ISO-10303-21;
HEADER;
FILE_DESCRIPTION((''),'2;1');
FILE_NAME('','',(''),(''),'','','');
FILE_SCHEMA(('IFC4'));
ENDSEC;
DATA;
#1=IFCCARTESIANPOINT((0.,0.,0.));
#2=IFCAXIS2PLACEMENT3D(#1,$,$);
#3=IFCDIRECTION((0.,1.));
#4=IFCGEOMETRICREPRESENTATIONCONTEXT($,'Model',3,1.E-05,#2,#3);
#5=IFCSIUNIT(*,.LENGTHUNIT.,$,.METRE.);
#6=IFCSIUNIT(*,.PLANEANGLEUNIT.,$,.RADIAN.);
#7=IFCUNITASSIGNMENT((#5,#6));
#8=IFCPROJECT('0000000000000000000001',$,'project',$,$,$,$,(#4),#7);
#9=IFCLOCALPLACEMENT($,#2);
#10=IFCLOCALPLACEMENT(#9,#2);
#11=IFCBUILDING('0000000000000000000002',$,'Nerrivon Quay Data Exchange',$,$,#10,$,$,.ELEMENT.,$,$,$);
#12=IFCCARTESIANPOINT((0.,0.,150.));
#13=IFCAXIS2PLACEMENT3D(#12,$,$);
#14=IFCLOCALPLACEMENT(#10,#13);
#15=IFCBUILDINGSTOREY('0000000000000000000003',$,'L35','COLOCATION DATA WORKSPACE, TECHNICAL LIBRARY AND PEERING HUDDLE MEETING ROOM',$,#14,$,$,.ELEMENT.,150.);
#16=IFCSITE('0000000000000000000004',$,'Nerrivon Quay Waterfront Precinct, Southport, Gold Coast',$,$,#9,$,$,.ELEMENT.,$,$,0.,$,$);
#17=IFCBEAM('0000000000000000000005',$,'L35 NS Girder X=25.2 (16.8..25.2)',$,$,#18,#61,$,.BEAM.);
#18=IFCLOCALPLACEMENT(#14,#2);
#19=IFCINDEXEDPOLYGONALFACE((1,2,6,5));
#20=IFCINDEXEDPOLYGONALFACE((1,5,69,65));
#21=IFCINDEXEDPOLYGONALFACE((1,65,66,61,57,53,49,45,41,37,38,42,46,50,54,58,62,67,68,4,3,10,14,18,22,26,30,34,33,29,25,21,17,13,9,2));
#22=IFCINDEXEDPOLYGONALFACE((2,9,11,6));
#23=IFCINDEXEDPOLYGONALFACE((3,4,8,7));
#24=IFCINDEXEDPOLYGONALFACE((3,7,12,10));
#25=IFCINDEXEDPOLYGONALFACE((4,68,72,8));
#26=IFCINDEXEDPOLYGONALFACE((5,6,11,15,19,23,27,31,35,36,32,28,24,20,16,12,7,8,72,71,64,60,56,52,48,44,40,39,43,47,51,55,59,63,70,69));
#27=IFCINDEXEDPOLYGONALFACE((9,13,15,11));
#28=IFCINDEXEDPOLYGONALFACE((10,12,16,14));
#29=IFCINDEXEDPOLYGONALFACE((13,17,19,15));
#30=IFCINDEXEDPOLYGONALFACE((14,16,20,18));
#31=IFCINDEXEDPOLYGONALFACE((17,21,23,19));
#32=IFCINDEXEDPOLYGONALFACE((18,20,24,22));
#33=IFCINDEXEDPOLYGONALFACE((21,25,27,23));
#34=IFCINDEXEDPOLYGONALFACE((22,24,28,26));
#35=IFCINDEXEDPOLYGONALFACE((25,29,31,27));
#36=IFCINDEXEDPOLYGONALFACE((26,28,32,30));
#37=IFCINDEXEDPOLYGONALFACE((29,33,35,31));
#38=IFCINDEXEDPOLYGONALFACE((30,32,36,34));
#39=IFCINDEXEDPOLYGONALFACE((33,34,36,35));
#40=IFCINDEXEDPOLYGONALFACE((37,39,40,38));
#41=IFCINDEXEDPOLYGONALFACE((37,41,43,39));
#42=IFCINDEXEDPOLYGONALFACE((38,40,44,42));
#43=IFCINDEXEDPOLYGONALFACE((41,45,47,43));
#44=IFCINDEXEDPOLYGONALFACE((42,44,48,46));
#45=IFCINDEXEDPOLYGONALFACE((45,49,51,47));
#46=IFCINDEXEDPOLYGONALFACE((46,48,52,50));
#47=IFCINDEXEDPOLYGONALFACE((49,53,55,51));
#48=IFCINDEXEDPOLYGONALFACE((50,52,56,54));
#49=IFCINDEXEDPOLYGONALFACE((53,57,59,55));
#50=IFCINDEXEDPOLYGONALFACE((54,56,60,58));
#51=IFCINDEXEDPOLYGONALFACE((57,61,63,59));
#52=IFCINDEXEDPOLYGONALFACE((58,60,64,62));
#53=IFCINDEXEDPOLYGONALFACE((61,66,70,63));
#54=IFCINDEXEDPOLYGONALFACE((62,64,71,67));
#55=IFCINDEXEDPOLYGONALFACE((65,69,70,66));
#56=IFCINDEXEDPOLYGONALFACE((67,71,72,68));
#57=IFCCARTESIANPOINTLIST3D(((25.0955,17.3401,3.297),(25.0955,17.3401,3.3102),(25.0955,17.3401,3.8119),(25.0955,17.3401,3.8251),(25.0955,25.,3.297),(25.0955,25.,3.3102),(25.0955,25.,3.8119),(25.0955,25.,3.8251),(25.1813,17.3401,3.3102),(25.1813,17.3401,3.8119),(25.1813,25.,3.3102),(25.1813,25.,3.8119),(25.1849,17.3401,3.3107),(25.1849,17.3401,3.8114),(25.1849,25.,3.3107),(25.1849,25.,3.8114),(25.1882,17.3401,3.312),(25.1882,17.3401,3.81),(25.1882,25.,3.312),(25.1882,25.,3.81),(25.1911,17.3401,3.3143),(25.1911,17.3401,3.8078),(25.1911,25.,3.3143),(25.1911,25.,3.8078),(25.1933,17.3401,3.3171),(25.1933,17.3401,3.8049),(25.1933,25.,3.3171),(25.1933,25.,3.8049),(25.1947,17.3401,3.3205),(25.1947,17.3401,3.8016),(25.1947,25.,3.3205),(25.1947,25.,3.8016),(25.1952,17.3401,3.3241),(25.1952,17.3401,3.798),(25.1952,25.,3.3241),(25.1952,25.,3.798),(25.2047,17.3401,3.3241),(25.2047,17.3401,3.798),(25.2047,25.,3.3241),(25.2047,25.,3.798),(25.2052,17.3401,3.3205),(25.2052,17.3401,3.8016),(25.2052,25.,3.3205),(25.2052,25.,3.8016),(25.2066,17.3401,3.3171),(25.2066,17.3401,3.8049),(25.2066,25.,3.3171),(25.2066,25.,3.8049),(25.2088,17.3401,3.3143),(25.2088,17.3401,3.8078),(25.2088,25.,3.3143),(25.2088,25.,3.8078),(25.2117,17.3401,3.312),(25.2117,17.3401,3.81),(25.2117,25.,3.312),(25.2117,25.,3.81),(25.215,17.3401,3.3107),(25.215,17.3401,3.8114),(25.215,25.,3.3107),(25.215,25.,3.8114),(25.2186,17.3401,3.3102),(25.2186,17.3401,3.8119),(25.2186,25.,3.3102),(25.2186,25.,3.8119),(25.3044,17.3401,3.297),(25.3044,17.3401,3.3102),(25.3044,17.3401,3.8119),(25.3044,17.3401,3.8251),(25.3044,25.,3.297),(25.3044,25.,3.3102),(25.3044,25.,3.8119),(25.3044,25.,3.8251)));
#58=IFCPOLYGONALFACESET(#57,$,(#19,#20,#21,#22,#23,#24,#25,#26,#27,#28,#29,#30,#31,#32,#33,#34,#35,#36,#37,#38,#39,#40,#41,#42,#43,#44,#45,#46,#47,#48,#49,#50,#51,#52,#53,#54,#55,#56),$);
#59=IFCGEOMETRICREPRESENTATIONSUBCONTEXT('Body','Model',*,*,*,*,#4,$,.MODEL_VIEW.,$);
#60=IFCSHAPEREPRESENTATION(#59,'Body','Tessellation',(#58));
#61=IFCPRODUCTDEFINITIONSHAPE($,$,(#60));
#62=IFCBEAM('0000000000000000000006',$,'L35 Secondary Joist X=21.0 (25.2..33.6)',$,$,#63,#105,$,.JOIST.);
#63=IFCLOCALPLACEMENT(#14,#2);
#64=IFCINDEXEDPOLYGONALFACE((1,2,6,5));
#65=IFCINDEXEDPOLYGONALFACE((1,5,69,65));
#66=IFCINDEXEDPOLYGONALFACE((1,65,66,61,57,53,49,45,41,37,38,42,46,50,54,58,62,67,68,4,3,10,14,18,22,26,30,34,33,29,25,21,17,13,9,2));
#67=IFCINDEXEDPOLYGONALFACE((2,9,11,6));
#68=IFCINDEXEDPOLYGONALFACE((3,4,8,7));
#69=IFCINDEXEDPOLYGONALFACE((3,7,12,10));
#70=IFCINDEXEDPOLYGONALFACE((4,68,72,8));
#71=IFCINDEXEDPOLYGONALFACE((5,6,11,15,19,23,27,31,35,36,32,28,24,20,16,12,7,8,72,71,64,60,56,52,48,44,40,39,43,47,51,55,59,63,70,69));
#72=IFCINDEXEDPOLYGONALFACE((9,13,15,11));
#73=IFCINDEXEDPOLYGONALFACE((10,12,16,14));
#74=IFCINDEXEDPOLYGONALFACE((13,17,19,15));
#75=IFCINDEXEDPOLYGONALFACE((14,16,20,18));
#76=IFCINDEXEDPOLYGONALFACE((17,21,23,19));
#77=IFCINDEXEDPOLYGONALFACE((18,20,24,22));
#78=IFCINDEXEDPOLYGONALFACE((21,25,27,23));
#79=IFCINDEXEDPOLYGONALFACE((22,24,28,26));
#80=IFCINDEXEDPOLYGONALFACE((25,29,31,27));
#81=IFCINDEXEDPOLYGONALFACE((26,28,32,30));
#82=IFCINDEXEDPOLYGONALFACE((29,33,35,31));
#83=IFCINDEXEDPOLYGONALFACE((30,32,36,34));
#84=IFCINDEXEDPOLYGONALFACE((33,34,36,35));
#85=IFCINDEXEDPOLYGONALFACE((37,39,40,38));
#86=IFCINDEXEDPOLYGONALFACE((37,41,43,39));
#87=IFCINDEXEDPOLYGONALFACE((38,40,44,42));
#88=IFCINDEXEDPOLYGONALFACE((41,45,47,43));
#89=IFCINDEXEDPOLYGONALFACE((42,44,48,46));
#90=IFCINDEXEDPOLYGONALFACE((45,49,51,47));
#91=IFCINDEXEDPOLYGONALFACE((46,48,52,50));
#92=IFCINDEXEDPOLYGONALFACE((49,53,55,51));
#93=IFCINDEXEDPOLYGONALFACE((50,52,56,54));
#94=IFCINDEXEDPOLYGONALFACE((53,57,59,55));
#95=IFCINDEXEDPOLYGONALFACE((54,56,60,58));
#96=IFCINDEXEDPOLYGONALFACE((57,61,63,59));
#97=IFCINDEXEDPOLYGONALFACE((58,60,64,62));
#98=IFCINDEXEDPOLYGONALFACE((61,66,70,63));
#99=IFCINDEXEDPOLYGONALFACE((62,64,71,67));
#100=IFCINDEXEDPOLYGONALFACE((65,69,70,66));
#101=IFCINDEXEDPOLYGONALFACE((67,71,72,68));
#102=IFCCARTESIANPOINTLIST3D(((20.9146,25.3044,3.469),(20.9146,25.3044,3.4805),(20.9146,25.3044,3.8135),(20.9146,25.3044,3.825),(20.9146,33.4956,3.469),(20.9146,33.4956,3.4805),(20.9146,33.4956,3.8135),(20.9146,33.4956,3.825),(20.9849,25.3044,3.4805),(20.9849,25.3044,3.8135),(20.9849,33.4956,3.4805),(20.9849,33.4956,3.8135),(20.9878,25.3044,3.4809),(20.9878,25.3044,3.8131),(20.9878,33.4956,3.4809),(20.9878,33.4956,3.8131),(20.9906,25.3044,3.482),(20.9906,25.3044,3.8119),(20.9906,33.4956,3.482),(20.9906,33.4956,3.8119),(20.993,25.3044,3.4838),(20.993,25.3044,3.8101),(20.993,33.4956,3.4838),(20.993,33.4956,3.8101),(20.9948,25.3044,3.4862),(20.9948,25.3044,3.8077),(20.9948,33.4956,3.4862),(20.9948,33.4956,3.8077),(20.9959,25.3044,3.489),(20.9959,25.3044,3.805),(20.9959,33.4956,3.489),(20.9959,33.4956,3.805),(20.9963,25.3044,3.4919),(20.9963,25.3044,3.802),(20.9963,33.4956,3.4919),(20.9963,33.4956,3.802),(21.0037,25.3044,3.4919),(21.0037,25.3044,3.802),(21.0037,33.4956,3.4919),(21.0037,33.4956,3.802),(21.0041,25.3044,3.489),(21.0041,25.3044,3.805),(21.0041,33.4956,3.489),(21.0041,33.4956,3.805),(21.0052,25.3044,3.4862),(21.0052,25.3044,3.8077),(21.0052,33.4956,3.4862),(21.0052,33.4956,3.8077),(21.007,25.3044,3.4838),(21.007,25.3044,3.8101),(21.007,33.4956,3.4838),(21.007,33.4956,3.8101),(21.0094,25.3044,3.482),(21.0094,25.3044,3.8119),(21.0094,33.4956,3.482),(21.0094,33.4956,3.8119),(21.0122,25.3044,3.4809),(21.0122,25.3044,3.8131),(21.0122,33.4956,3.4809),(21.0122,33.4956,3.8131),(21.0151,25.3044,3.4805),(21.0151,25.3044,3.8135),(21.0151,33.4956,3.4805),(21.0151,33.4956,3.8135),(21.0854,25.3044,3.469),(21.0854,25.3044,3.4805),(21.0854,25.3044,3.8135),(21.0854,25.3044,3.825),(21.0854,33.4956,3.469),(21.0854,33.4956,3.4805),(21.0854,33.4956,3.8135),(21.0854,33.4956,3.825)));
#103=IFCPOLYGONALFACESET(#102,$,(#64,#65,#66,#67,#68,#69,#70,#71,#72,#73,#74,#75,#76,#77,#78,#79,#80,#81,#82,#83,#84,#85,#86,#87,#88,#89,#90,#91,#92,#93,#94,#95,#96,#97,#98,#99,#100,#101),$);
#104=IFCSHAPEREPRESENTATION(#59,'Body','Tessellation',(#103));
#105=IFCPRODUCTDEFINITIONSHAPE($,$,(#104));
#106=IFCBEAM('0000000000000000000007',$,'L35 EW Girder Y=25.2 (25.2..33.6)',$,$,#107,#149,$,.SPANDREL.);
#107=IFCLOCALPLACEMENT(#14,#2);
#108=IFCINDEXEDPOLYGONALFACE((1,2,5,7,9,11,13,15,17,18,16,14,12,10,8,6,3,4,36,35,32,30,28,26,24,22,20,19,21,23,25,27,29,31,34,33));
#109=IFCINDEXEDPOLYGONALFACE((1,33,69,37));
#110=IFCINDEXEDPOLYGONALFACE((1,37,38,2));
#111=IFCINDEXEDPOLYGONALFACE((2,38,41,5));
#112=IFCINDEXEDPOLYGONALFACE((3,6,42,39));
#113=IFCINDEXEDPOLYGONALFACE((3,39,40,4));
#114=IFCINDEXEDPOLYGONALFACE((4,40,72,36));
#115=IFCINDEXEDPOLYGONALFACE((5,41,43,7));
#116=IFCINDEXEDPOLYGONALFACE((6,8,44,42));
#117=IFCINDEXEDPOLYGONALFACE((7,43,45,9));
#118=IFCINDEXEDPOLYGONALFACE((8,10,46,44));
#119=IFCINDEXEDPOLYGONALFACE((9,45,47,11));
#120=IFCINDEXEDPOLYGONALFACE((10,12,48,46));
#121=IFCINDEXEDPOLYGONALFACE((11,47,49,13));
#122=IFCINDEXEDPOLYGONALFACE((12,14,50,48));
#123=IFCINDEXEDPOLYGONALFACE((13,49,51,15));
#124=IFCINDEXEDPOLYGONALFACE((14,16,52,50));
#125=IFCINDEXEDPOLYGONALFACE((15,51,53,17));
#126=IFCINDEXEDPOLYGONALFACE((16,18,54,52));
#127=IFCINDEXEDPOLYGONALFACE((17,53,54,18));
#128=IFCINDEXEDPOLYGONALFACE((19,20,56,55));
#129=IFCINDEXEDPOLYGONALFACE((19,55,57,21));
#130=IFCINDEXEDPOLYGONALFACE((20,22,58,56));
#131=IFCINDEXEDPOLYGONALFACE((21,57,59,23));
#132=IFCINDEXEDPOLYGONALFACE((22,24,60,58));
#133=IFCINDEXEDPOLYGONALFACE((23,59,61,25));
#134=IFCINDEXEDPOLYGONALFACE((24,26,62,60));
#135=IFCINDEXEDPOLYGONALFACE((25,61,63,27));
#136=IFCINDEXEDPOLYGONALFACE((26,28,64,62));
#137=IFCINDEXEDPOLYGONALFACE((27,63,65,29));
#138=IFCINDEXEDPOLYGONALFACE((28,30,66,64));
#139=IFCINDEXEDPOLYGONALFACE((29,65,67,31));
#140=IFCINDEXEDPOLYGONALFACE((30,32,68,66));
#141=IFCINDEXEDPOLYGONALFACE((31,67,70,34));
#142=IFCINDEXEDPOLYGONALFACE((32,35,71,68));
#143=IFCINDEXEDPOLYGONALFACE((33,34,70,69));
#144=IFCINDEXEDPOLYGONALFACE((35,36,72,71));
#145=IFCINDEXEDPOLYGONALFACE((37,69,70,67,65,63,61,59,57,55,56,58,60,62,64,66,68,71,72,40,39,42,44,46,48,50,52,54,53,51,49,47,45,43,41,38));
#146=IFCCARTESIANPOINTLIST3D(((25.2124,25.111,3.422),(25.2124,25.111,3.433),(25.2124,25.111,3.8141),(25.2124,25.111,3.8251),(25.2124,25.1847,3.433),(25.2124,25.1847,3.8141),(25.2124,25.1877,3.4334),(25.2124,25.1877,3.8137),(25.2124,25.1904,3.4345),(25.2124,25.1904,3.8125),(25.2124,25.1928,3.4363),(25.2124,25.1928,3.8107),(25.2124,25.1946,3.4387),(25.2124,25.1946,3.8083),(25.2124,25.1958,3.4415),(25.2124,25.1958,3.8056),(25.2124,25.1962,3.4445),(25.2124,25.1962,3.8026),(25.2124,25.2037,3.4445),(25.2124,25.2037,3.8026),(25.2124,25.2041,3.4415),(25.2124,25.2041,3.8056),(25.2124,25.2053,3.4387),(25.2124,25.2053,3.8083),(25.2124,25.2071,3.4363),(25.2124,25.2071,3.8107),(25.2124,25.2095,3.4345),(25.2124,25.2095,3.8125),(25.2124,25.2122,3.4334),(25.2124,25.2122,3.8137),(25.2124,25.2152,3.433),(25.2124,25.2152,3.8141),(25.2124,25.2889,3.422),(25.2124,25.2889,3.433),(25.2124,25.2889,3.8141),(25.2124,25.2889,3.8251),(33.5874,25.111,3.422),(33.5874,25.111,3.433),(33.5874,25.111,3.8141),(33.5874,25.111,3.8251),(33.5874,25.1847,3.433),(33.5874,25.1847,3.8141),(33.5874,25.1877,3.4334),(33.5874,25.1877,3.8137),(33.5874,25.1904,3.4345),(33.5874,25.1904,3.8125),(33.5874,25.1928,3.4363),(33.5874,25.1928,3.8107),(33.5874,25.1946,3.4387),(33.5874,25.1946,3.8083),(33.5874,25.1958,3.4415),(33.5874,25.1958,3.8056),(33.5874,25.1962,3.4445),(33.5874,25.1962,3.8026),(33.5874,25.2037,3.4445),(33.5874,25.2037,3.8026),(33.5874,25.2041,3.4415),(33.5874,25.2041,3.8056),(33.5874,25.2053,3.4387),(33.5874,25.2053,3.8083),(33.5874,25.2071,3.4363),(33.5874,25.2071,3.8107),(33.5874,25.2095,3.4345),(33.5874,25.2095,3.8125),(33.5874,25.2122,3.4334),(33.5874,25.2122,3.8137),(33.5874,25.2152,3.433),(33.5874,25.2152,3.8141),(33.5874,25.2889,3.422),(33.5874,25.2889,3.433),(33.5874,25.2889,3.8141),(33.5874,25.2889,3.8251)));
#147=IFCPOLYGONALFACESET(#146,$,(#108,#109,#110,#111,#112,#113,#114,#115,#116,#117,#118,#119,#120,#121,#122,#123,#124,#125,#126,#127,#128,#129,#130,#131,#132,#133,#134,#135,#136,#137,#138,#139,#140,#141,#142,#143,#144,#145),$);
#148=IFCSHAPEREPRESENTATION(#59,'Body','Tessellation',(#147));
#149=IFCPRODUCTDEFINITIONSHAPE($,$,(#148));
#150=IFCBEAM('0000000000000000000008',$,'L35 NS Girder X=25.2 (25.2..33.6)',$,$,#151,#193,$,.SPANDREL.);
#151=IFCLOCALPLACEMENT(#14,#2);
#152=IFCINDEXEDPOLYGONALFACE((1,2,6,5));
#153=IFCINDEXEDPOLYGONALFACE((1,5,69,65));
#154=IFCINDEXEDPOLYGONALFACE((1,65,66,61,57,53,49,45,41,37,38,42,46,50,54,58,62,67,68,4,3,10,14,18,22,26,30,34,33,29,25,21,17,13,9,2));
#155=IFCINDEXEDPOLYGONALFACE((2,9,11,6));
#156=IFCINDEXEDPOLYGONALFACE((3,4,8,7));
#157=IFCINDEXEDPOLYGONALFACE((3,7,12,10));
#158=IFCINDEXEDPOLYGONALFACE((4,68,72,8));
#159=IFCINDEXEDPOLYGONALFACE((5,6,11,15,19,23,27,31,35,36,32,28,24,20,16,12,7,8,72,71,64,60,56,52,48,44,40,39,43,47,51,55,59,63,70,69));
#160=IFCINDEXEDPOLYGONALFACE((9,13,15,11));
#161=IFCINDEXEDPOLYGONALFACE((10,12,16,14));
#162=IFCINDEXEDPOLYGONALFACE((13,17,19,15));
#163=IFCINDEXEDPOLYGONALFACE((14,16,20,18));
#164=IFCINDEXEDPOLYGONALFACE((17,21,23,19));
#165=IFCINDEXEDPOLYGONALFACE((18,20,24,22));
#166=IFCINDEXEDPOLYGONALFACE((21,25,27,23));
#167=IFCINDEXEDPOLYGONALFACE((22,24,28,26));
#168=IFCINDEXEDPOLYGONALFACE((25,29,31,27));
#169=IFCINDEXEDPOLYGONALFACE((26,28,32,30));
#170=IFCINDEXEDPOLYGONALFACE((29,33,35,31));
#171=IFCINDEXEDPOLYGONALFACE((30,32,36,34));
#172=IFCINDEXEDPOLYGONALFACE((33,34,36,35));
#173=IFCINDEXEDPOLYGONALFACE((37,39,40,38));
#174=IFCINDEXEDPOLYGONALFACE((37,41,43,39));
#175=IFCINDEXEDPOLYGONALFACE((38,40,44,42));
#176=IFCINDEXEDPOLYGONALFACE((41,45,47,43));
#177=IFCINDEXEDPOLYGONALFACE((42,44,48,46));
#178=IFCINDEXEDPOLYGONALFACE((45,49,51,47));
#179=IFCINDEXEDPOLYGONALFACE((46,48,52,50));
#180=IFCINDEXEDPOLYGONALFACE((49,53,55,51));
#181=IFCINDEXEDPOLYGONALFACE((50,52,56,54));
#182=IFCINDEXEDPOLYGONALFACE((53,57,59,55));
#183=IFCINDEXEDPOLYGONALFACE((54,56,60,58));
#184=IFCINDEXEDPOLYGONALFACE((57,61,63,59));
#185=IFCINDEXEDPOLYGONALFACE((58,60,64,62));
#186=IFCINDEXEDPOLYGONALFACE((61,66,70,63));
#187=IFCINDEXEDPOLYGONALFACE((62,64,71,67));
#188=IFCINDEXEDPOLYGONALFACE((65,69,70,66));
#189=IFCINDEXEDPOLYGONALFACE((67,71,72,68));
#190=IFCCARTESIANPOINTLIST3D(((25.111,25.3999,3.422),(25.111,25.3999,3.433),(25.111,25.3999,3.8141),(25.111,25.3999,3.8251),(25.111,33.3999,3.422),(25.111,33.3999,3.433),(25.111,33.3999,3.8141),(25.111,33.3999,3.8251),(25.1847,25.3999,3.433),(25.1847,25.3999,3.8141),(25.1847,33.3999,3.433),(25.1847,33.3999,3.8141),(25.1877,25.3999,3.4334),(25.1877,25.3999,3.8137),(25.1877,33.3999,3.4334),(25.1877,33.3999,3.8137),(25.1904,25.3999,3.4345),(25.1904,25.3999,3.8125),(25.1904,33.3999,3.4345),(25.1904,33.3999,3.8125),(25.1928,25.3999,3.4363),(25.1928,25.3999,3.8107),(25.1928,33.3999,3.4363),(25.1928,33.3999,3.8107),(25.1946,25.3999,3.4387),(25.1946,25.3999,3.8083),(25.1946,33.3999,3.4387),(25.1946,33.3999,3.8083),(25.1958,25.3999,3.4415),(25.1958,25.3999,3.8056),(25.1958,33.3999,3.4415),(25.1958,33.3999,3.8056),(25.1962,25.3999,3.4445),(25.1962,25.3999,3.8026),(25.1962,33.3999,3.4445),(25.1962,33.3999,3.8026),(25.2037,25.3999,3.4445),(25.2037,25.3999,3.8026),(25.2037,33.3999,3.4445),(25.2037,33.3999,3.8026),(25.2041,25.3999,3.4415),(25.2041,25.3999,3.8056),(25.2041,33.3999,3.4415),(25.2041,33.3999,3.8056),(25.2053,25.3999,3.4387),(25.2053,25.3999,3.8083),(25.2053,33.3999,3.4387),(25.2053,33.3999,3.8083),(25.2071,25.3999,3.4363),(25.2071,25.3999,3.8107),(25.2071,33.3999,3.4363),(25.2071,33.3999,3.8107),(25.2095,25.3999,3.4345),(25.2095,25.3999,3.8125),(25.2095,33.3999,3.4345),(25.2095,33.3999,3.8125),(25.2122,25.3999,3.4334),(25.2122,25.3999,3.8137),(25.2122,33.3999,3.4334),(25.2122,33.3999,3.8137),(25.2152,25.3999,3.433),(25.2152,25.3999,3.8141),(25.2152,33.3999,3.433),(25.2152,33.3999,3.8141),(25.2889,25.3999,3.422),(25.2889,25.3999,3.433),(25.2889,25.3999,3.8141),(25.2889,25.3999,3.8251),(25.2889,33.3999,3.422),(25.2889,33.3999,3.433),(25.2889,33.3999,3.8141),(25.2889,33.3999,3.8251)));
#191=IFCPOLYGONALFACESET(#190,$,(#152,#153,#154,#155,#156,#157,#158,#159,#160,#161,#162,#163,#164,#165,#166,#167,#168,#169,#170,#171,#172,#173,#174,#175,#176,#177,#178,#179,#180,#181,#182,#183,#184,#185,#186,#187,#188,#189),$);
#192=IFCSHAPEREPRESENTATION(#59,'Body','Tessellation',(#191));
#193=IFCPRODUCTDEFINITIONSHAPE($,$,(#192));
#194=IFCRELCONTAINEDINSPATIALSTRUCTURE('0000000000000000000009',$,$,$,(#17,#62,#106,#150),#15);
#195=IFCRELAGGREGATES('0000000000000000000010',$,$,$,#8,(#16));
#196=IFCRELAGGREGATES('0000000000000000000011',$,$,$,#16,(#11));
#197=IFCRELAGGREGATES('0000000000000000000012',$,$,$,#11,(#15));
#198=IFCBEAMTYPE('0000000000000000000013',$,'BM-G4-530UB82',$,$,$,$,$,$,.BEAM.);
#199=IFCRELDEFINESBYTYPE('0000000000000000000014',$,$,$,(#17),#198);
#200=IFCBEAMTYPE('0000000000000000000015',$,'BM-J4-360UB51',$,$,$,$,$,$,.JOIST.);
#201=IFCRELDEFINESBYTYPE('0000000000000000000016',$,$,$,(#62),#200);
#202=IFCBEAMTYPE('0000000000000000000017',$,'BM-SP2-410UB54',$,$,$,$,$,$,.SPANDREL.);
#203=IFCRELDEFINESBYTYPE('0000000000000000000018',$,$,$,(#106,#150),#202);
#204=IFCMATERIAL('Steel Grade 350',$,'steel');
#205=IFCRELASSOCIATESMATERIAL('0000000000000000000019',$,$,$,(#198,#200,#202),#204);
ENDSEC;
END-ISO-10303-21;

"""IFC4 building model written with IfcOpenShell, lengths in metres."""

from ifc_helpers import new_model, si_unit, direction, frame, origin, origin_2d, place, context, subcontext, project, spatial, i_section, extrude, material, material_profile, profile_set, type_object, element, save


model = new_model("IFC4")

# Units and contexts
model_context = context("Model", 3, precision=1e-05, world=origin(), true_north=direction((0.0, 1.0)))
body_context = subcontext(model_context, "Body", "Model", "MODEL_VIEW")
ifc_project = project(units=[si_unit("LENGTHUNIT", "METRE"), si_unit("PLANEANGLEUNIT", "RADIAN")], contexts=[model_context])

# Site, building, storey
site_placement = place(None, origin())
site = spatial("IfcSite", under=ifc_project, at=site_placement, Name="Nerrivon Quay Waterfront Precinct, Southport, Gold Coast", CompositionType="ELEMENT", RefElevation=0.0)
building_placement = place(site_placement, origin())
building = spatial("IfcBuilding", under=site, at=building_placement, Name="Nerrivon Quay Data Exchange", CompositionType="ELEMENT")
storey_placement = place(building_placement, frame((0.0, 0.0, 150.0)))
storey = spatial("IfcBuildingStorey", under=building, at=storey_placement, Name="L35", Description="COLOCATION DATA WORKSPACE, TECHNICAL LIBRARY AND PEERING HUDDLE MEETING ROOM", CompositionType="ELEMENT", Elevation=150.0)

# Shared definitions
ifc_material_1 = material(Name="Steel Grade 350", Category="steel")

# Beams
ifc_material_profile_1 = material_profile(ifc_material_1, i_section(OverallWidth=0.209, OverallDepth=0.5281, WebThickness=0.0095, FlangeThickness=0.0132, FilletRadius=0.0139, at=origin_2d()), Name="530UB82.0")
ifc_profile_set_1 = profile_set([ifc_material_profile_1], Name="Steel Grade 350")
beam_type_1 = type_object("IfcBeamType", Name="BM-G4-530UB82", PredefinedType="BEAM", material=ifc_profile_set_1)
beam_1_placement = place(storey_placement, frame((25.2, 17.3401, 3.561), z_axis=(0.0, 1.0, 0.0), x_axis=(-1.0, 0.0, 0.0)))
element("IfcBeam", 1, at=beam_1_placement, inside=storey, type_object=beam_type_1, Name="L35 NS Girder X=25.2 (16.8..25.2)", PredefinedType="BEAM", context=body_context, shape_type="SweptSolid", body=[
    extrude(i_section(OverallWidth=0.209, OverallDepth=0.5281, WebThickness=0.0095, FlangeThickness=0.0132, FilletRadius=0.0139, at=origin_2d()), origin(), (0.0, 0.0, 1.0), 7.6599),
])
ifc_material_profile_2 = material_profile(ifc_material_1, i_section(OverallWidth=0.1709, OverallDepth=0.356, WebThickness=0.0073, FlangeThickness=0.0115, FilletRadius=0.0115, at=origin_2d()), Name="360UB50.7")
ifc_profile_set_2 = profile_set([ifc_material_profile_2], Name="Steel Grade 350")
beam_type_2 = type_object("IfcBeamType", Name="BM-J4-360UB51", PredefinedType="JOIST", material=ifc_profile_set_2)
beam_2_placement = place(storey_placement, frame((21.0, 25.3044, 3.647), z_axis=(0.0, 1.0, 0.0), x_axis=(-1.0, 0.0, 0.0)))
element("IfcBeam", 2, at=beam_2_placement, inside=storey, type_object=beam_type_2, Name="L35 Secondary Joist X=21.0 (25.2..33.6)", PredefinedType="JOIST", context=body_context, shape_type="SweptSolid", body=[
    extrude(i_section(OverallWidth=0.1709, OverallDepth=0.356, WebThickness=0.0073, FlangeThickness=0.0115, FilletRadius=0.0115, at=origin_2d()), origin(), (0.0, 0.0, 1.0), 8.1912),
])
ifc_material_profile_3 = material_profile(ifc_material_1, i_section(OverallWidth=0.178, OverallDepth=0.4031, WebThickness=0.0076, FlangeThickness=0.011, FilletRadius=0.0115, at=origin_2d()), Name="410UB53.7")
ifc_profile_set_3 = profile_set([ifc_material_profile_3], Name="Steel Grade 350")
beam_type_3 = type_object("IfcBeamType", Name="BM-SP2-410UB54", PredefinedType="SPANDREL", material=ifc_profile_set_3)
beam_3_placement = place(storey_placement, frame((25.2124, 25.2, 3.6235), z_axis=(1.0, 0.0, 0.0), x_axis=(0.0, 1.0, 0.0)))
element("IfcBeam", 3, at=beam_3_placement, inside=storey, type_object=beam_type_3, Name="L35 EW Girder Y=25.2 (25.2..33.6)", PredefinedType="SPANDREL", context=body_context, shape_type="SweptSolid", body=[
    extrude(i_section(OverallWidth=0.178, OverallDepth=0.4031, WebThickness=0.0076, FlangeThickness=0.011, FilletRadius=0.0115, at=origin_2d()), origin(), (0.0, 0.0, 1.0), 8.375),
])
beam_4_placement = place(storey_placement, frame((25.2, 25.3999, 3.6235), z_axis=(0.0, 1.0, 0.0), x_axis=(-1.0, 0.0, 0.0)))
element("IfcBeam", 4, at=beam_4_placement, inside=storey, type_object=beam_type_3, Name="L35 NS Girder X=25.2 (25.2..33.6)", PredefinedType="SPANDREL", context=body_context, shape_type="SweptSolid", body=[
    extrude(i_section(OverallWidth=0.178, OverallDepth=0.4031, WebThickness=0.0076, FlangeThickness=0.011, FilletRadius=0.0115, at=origin_2d()), origin(), (0.0, 0.0, 1.0), 8.0),
])

save(model, "model.ifc")
